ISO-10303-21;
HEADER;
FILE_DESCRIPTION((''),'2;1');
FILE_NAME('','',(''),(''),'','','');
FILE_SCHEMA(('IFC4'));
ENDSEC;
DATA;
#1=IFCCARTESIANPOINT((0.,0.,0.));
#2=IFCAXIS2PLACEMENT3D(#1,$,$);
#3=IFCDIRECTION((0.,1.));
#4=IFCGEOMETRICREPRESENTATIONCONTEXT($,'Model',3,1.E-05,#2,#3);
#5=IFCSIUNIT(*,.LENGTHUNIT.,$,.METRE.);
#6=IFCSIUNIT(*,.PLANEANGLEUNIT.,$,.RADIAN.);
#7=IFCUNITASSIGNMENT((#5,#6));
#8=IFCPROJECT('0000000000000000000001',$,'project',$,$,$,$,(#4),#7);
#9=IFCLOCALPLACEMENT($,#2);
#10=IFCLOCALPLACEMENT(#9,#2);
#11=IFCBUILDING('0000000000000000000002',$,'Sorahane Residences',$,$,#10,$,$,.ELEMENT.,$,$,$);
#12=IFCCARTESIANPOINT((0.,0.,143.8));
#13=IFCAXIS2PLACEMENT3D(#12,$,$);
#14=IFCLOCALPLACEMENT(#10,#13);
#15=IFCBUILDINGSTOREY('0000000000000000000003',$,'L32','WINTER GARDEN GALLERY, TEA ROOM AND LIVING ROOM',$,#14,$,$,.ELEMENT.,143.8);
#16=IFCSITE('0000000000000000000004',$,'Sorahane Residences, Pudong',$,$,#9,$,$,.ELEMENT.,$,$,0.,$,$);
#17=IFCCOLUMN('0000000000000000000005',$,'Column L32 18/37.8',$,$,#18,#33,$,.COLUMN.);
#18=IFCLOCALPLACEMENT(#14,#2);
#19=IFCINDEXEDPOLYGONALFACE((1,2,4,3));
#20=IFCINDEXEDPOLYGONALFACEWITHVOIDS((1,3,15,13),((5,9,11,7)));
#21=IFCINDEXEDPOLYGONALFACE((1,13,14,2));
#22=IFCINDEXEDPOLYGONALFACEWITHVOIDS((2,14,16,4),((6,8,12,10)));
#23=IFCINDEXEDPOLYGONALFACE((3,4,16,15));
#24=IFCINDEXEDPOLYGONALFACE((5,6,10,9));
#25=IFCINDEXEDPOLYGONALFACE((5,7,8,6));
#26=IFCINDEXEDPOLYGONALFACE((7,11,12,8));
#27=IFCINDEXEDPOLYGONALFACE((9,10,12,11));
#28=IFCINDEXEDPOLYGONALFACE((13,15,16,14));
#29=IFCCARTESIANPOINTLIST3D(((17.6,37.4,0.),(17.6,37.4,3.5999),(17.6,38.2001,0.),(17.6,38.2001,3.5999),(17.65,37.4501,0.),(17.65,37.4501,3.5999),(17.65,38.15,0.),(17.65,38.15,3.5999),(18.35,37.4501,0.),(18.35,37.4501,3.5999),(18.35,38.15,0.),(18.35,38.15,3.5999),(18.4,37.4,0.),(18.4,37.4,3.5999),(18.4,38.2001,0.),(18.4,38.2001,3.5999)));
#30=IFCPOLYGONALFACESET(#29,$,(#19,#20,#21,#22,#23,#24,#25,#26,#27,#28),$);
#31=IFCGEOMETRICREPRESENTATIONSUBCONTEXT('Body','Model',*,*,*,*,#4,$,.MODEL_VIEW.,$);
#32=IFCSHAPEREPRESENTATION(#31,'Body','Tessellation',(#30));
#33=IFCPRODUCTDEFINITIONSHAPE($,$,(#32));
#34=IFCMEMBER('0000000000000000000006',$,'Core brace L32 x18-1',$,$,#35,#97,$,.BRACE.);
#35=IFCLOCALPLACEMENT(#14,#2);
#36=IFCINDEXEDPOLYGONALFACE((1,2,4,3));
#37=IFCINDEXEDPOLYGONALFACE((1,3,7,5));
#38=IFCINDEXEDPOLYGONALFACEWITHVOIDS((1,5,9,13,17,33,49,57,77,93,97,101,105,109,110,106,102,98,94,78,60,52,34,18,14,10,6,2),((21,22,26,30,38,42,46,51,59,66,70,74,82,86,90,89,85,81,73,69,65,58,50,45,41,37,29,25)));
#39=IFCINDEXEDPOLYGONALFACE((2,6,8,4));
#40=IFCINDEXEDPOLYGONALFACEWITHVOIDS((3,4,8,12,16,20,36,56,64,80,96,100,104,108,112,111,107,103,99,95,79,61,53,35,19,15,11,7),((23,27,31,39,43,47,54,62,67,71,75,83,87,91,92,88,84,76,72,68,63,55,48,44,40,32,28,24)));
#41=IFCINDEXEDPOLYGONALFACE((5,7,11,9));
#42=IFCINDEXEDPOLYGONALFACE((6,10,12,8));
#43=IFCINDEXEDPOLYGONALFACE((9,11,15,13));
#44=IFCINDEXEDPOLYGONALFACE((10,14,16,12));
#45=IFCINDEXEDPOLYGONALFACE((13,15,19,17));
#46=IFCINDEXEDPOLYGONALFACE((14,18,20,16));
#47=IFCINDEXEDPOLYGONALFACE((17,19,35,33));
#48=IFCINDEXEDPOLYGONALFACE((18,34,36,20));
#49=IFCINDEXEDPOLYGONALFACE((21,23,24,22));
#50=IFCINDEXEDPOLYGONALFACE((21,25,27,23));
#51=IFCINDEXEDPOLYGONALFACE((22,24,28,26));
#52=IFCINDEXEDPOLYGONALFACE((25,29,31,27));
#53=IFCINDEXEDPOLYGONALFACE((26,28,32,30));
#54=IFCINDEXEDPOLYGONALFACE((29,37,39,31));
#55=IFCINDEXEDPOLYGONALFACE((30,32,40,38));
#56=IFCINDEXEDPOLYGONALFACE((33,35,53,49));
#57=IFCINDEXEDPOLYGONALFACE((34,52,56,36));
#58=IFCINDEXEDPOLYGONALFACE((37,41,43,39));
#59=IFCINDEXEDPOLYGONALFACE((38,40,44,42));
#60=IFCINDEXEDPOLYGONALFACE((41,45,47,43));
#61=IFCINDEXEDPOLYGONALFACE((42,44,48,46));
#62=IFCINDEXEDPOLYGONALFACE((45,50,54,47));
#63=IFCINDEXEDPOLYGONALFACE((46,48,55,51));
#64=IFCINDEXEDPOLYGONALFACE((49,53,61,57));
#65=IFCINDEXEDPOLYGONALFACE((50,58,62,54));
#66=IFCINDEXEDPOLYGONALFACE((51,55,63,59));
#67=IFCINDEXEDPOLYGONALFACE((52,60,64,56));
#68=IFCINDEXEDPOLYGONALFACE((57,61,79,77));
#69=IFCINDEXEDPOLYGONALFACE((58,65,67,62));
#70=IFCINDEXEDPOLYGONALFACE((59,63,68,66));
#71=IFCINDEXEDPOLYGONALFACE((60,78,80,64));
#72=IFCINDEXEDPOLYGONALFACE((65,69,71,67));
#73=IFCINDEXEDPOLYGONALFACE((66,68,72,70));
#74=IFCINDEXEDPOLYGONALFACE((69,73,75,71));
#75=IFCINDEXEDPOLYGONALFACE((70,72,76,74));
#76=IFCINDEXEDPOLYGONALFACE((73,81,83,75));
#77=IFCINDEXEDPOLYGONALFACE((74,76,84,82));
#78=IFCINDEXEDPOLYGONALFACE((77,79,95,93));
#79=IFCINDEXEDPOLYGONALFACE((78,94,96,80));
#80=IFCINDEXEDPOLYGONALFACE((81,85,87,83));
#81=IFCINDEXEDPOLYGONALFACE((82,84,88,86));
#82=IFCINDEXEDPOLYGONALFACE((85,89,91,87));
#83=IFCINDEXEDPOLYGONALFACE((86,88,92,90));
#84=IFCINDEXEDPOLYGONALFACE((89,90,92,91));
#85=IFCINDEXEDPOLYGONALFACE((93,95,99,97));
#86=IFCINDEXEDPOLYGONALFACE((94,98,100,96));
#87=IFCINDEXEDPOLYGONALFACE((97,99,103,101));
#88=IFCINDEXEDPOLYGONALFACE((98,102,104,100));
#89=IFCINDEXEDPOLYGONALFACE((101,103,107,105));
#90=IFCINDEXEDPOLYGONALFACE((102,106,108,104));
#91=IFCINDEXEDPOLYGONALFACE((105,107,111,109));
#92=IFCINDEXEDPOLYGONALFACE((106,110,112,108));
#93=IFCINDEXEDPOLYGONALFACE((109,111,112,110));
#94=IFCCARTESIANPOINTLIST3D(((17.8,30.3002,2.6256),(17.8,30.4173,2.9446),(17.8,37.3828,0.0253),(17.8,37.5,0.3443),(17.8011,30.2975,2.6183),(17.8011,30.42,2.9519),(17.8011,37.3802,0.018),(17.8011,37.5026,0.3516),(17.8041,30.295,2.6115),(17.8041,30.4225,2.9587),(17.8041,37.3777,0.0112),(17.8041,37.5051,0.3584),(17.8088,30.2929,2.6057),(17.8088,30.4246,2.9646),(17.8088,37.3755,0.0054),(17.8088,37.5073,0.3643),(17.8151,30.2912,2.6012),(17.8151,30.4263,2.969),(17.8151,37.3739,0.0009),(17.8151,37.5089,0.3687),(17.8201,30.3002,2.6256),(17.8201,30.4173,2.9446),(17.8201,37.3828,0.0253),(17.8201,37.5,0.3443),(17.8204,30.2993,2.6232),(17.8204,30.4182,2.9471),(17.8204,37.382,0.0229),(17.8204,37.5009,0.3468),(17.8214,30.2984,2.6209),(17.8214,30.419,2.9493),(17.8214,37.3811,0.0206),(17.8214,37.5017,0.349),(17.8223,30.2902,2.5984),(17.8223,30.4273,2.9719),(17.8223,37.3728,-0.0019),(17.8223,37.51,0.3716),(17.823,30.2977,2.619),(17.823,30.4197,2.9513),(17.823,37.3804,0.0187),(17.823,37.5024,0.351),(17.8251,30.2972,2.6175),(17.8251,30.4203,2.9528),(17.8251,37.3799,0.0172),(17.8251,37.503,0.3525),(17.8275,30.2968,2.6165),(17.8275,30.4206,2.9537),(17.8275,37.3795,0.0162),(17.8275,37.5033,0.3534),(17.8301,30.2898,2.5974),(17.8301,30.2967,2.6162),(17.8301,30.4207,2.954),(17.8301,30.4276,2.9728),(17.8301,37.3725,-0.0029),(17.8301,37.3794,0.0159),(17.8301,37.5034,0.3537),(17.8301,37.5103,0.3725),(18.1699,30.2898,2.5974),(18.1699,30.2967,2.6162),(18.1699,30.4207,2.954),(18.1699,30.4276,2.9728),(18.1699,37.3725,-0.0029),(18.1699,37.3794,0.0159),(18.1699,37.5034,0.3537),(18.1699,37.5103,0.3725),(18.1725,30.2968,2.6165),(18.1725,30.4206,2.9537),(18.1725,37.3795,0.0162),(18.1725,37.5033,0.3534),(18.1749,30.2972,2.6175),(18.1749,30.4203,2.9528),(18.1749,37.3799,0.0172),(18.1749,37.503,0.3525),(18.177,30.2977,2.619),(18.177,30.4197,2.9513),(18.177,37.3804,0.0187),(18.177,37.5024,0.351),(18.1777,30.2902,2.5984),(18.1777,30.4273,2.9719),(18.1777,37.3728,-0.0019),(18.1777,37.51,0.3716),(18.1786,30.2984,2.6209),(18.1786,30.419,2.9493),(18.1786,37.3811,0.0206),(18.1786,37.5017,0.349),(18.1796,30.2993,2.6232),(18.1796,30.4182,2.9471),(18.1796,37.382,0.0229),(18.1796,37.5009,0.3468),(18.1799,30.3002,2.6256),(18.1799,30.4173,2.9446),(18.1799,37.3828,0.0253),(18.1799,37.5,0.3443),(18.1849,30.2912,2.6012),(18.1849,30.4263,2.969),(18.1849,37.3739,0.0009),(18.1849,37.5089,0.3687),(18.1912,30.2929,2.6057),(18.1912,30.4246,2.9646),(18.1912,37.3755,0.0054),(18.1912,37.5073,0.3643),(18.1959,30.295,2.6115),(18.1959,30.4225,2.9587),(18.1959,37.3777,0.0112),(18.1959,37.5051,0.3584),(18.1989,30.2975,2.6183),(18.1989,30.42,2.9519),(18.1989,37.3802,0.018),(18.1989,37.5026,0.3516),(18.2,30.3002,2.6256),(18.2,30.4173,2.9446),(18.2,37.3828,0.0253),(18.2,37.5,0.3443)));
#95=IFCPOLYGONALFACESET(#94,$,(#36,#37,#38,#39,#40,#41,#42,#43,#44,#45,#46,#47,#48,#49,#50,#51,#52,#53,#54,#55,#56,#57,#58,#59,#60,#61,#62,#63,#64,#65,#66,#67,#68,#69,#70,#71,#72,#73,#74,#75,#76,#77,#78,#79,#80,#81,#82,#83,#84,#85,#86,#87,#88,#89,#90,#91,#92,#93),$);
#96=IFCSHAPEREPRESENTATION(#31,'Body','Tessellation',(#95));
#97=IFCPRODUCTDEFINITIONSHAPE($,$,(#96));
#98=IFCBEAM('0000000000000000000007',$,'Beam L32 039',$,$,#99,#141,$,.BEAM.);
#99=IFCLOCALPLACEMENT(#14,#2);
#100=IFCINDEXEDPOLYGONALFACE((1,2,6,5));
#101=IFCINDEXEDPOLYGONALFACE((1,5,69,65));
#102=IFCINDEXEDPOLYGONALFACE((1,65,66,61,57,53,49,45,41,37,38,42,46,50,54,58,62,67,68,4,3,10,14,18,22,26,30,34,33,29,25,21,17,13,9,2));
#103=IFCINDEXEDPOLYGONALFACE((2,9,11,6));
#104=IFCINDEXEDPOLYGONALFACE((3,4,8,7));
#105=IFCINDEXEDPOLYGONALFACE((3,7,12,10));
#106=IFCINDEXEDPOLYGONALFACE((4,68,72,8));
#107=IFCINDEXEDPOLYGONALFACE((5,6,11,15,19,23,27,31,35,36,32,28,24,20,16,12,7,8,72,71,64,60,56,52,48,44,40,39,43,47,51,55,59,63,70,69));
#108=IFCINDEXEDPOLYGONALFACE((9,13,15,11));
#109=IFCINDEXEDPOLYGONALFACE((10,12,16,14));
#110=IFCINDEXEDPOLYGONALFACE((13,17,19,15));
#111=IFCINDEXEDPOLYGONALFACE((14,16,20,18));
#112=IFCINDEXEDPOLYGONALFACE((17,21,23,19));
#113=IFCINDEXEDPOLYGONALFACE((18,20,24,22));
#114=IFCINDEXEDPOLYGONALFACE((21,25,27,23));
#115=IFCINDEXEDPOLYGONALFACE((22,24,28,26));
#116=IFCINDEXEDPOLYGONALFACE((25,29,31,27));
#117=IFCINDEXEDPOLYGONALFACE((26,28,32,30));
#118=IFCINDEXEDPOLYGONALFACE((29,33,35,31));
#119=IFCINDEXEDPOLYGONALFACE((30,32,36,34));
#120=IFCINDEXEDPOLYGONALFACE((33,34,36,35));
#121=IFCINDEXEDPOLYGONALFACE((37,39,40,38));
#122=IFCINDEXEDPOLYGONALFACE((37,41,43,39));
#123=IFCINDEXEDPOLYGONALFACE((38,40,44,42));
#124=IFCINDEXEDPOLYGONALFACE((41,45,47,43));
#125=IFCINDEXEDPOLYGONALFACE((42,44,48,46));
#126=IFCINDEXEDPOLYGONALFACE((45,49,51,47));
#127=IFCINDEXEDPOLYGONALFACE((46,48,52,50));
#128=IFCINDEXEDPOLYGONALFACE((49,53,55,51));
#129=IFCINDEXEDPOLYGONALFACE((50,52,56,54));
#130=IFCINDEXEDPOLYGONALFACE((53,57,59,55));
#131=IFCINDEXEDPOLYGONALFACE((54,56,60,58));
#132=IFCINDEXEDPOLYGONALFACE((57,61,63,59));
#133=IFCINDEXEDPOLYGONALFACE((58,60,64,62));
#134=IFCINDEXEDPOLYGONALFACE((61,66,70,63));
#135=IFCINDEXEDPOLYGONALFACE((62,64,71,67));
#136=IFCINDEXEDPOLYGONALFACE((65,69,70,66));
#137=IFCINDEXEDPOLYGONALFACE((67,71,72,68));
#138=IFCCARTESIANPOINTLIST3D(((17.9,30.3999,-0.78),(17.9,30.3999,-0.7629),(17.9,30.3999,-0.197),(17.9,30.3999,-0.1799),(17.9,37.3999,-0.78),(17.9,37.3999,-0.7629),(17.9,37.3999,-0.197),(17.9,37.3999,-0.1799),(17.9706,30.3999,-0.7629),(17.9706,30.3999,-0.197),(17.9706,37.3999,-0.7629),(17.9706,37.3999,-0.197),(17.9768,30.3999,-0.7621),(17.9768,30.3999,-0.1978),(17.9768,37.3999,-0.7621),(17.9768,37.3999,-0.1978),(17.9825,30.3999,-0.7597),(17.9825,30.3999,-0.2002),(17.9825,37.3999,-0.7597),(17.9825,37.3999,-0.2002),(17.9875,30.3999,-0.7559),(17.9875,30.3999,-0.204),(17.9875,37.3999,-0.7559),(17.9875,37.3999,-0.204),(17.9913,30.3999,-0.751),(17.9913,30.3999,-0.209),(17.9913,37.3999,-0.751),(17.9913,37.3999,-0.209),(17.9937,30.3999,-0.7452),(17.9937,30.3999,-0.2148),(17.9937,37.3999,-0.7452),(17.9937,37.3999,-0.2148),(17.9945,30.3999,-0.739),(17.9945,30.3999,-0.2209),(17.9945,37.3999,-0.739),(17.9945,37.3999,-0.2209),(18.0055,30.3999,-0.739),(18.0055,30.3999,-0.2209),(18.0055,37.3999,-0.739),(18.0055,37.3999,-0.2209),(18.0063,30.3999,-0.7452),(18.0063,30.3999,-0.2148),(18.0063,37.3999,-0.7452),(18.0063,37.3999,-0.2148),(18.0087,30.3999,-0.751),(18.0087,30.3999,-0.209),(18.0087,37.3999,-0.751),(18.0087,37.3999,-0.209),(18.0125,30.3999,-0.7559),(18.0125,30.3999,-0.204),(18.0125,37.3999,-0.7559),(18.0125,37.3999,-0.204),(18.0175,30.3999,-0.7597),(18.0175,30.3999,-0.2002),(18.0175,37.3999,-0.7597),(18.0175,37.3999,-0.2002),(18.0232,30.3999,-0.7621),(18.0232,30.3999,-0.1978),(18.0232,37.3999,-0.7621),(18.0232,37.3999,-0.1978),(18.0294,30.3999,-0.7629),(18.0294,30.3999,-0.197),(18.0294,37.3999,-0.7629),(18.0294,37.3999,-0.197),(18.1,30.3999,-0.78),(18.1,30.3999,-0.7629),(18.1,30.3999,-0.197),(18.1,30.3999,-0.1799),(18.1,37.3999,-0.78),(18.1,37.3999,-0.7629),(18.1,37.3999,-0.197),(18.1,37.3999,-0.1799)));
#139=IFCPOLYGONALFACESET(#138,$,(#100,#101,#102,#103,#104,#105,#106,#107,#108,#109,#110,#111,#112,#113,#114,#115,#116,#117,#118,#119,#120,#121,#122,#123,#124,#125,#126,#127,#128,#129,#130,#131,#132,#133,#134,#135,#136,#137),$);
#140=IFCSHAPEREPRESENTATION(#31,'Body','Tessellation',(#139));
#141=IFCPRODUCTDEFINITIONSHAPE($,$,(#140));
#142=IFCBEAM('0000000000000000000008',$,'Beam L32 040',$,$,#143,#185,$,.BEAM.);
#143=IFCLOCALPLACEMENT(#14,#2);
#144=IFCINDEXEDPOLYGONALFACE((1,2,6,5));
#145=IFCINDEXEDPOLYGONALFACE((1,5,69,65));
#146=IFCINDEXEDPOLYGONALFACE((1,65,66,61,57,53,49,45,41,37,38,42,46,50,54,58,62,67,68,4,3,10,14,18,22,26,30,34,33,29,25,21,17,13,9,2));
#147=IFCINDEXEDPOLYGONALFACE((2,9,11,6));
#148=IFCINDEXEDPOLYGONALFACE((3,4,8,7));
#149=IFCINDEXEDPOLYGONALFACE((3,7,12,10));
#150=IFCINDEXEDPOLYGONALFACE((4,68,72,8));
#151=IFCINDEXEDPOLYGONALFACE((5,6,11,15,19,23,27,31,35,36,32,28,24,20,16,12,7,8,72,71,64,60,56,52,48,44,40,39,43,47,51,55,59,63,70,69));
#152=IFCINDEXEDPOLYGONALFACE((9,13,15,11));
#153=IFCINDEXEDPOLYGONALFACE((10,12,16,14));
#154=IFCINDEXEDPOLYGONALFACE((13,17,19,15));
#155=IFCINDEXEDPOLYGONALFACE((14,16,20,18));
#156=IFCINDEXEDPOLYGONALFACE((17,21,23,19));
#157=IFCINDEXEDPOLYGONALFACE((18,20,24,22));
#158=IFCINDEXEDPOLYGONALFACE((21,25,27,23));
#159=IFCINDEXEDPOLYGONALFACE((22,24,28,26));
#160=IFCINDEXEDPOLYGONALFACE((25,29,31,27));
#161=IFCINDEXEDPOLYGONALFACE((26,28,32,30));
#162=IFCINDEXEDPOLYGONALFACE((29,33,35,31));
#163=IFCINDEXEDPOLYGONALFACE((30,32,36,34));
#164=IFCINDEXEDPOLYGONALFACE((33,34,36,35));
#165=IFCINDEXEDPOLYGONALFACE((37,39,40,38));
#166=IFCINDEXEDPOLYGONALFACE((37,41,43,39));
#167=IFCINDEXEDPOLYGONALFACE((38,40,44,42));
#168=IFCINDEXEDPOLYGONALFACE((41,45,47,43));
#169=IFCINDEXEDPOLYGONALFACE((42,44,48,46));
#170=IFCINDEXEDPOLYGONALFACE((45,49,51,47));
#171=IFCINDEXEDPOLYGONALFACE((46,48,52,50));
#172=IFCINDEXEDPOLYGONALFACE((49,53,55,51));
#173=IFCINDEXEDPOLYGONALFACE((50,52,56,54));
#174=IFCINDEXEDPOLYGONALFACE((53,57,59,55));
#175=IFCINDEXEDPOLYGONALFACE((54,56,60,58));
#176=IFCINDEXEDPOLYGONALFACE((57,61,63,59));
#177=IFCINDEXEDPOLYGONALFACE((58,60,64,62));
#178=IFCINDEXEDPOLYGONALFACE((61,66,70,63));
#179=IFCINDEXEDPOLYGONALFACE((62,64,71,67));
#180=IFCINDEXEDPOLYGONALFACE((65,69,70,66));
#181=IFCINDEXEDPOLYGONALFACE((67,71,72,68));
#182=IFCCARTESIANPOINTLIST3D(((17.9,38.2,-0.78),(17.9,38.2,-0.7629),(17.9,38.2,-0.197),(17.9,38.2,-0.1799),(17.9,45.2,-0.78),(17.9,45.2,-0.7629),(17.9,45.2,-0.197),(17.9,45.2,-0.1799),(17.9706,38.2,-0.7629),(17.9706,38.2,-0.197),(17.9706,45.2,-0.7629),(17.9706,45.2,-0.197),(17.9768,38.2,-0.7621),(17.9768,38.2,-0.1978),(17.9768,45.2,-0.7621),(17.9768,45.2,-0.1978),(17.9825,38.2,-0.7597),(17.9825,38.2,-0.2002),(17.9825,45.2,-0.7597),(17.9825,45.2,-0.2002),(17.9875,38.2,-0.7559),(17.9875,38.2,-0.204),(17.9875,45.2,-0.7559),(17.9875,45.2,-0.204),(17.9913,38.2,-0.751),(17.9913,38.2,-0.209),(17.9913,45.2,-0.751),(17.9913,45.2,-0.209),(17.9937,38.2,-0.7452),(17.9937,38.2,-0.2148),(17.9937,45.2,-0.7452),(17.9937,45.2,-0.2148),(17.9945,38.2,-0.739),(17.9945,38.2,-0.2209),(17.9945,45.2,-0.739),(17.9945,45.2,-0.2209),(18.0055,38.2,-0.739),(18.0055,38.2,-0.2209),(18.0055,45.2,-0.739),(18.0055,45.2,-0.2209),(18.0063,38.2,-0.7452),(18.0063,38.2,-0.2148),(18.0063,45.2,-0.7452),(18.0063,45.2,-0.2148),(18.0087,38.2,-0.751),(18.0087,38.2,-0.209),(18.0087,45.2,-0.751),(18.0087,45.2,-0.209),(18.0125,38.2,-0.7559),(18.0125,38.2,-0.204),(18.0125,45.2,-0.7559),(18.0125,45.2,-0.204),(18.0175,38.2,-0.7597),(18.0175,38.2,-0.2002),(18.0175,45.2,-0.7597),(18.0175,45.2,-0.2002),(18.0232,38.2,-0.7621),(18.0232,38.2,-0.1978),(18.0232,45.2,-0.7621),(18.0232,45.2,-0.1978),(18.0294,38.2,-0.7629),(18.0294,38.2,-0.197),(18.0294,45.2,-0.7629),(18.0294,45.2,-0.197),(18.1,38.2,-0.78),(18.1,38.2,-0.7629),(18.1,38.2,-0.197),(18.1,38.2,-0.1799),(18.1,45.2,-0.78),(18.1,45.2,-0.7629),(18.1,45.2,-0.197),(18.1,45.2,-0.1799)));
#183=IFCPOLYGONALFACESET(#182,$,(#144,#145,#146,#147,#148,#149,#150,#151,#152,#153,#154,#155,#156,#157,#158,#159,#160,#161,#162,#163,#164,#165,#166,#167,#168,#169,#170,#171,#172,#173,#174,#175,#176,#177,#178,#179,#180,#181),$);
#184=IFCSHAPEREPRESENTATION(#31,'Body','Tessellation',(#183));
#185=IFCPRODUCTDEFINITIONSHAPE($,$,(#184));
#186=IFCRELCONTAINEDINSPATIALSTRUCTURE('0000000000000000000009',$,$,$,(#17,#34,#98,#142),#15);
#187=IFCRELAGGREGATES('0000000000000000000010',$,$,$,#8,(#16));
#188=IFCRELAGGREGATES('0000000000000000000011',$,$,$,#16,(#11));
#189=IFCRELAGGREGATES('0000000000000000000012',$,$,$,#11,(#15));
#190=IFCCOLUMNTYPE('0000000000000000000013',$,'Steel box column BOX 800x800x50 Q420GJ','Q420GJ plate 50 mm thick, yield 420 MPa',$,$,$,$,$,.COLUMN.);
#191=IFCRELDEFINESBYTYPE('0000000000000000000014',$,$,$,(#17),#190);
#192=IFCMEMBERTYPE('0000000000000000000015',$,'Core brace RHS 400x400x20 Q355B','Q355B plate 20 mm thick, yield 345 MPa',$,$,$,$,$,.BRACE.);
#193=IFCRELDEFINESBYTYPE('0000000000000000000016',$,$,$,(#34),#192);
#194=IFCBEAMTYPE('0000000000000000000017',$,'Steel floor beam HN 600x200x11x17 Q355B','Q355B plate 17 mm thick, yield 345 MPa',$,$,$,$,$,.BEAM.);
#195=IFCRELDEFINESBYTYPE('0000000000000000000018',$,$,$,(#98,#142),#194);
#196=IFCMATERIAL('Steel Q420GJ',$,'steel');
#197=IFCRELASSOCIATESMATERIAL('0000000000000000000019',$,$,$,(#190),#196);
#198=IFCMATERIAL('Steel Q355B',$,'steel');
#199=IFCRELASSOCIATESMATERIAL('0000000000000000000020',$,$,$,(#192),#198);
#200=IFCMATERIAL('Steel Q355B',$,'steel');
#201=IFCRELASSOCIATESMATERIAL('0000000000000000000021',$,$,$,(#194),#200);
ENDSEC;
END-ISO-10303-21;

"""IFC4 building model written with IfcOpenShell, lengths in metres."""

from ifc_helpers import new_model, si_unit, direction, frame, origin, origin_2d, place, context, subcontext, project, spatial, hollow_rectangle, i_section, extrude, material, material_profile, profile_set, type_object, element, save


model = new_model("IFC4")

# Units and contexts
model_context = context("Model", 3, precision=1e-05, world=origin(), true_north=direction((0.0, 1.0)))
body_context = subcontext(model_context, "Body", "Model", "MODEL_VIEW")
ifc_project = project(units=[si_unit("LENGTHUNIT", "METRE"), si_unit("PLANEANGLEUNIT", "RADIAN")], contexts=[model_context])

# Site, building, storey
site_placement = place(None, origin())
site = spatial("IfcSite", under=ifc_project, at=site_placement, Name="Sorahane Residences, Pudong", CompositionType="ELEMENT", RefElevation=0.0)
building_placement = place(site_placement, origin())
building = spatial("IfcBuilding", under=site, at=building_placement, Name="Sorahane Residences", CompositionType="ELEMENT")
storey_placement = place(building_placement, frame((0.0, 0.0, 143.8)))
storey = spatial("IfcBuildingStorey", under=building, at=storey_placement, Name="L32", Description="WINTER GARDEN GALLERY, TEA ROOM AND LIVING ROOM", CompositionType="ELEMENT", Elevation=143.8)

# Column
ifc_material_1 = material(Name="Steel Q420GJ", Category="steel")
ifc_material_profile_1 = material_profile(ifc_material_1, hollow_rectangle(XDim=0.8, YDim=0.8, WallThickness=0.05, at=origin_2d()), Name="BOX 800x800x50")
ifc_profile_set_1 = profile_set([ifc_material_profile_1], Name="Steel Q420GJ")
column_type = type_object("IfcColumnType", Name="Steel box column BOX 800x800x50 Q420GJ", Description="Q420GJ plate 50 mm thick, yield 420 MPa", PredefinedType="COLUMN", material=ifc_profile_set_1)
column_placement = place(storey_placement, frame((18.0, 37.8, 0.0), z_axis=(0.0, 0.0, 1.0), x_axis=(1.0, 0.0, 0.0)))
element("IfcColumn", 1, at=column_placement, inside=storey, type_object=column_type, Name="Column L32 18/37.8", PredefinedType="COLUMN", context=body_context, shape_type="SweptSolid", body=[
    extrude(hollow_rectangle(XDim=0.8, YDim=0.8, WallThickness=0.05, at=origin_2d()), origin(), (0.0, 0.0, 1.0), 3.5999),
])

# Member
ifc_material_2 = material(Name="Steel Q355B", Category="steel")
ifc_material_profile_2 = material_profile(ifc_material_2, hollow_rectangle(XDim=0.3999, YDim=0.3999, WallThickness=0.02, InnerFilletRadius=0.01, OuterFilletRadius=0.03, at=origin_2d()), Name="RHS 400x400x20")
ifc_profile_set_2 = profile_set([ifc_material_profile_2], Name="Steel Q355B")
member_type = type_object("IfcMemberType", Name="Core brace RHS 400x400x20 Q355B", Description="Q355B plate 20 mm thick, yield 345 MPa", PredefinedType="BRACE", material=ifc_profile_set_2)
member_placement = place(storey_placement, frame((18.0, 37.4414, 0.1848), z_axis=(0.0, -0.938734, 0.344643), x_axis=(1.0, 0.0, 0.0)))
element("IfcMember", 2, at=member_placement, inside=storey, type_object=member_type, Name="Core brace L32 x18-1", PredefinedType="BRACE", context=body_context, shape_type="SweptSolid", body=[
    extrude(hollow_rectangle(XDim=0.3999, YDim=0.3999, WallThickness=0.02, InnerFilletRadius=0.01, OuterFilletRadius=0.03, at=origin_2d()), origin(), (0.0, 0.0, 1.0), 7.5449),
])

# Beams
ifc_material_3 = material(Name="Steel Q355B", Category="steel")
ifc_material_profile_3 = material_profile(ifc_material_3, i_section(OverallWidth=0.2, OverallDepth=0.6001, WebThickness=0.011, FlangeThickness=0.0171, FilletRadius=0.0239, at=origin_2d()), Name="HN 600x200x11x17")
ifc_profile_set_3 = profile_set([ifc_material_profile_3], Name="Steel Q355B")
beam_type = type_object("IfcBeamType", Name="Steel floor beam HN 600x200x11x17 Q355B", Description="Q355B plate 17 mm thick, yield 345 MPa", PredefinedType="BEAM", material=ifc_profile_set_3)
for number, where, z_axis, x_axis, name in (
    (3, (18.0, 30.3999, -0.48), (0.0, 1.0, 0.0), (-1.0, 0.0, 0.0), "Beam L32 039"),
    (4, (18.0, 38.2, -0.48), (0.0, 1.0, 0.0), (-1.0, 0.0, 0.0), "Beam L32 040"),
):
    element("IfcBeam", number, at=place(storey_placement, frame(where, z_axis=z_axis, x_axis=x_axis)), inside=storey, type_object=beam_type, Name=name, PredefinedType="BEAM", context=body_context, shape_type="SweptSolid", body=[
        extrude(i_section(OverallWidth=0.2, OverallDepth=0.6001, WebThickness=0.011, FlangeThickness=0.0171, FilletRadius=0.0239, at=origin_2d()), origin(), (0.0, 0.0, 1.0), 7.0),
    ])

save(model, "model.ifc")
